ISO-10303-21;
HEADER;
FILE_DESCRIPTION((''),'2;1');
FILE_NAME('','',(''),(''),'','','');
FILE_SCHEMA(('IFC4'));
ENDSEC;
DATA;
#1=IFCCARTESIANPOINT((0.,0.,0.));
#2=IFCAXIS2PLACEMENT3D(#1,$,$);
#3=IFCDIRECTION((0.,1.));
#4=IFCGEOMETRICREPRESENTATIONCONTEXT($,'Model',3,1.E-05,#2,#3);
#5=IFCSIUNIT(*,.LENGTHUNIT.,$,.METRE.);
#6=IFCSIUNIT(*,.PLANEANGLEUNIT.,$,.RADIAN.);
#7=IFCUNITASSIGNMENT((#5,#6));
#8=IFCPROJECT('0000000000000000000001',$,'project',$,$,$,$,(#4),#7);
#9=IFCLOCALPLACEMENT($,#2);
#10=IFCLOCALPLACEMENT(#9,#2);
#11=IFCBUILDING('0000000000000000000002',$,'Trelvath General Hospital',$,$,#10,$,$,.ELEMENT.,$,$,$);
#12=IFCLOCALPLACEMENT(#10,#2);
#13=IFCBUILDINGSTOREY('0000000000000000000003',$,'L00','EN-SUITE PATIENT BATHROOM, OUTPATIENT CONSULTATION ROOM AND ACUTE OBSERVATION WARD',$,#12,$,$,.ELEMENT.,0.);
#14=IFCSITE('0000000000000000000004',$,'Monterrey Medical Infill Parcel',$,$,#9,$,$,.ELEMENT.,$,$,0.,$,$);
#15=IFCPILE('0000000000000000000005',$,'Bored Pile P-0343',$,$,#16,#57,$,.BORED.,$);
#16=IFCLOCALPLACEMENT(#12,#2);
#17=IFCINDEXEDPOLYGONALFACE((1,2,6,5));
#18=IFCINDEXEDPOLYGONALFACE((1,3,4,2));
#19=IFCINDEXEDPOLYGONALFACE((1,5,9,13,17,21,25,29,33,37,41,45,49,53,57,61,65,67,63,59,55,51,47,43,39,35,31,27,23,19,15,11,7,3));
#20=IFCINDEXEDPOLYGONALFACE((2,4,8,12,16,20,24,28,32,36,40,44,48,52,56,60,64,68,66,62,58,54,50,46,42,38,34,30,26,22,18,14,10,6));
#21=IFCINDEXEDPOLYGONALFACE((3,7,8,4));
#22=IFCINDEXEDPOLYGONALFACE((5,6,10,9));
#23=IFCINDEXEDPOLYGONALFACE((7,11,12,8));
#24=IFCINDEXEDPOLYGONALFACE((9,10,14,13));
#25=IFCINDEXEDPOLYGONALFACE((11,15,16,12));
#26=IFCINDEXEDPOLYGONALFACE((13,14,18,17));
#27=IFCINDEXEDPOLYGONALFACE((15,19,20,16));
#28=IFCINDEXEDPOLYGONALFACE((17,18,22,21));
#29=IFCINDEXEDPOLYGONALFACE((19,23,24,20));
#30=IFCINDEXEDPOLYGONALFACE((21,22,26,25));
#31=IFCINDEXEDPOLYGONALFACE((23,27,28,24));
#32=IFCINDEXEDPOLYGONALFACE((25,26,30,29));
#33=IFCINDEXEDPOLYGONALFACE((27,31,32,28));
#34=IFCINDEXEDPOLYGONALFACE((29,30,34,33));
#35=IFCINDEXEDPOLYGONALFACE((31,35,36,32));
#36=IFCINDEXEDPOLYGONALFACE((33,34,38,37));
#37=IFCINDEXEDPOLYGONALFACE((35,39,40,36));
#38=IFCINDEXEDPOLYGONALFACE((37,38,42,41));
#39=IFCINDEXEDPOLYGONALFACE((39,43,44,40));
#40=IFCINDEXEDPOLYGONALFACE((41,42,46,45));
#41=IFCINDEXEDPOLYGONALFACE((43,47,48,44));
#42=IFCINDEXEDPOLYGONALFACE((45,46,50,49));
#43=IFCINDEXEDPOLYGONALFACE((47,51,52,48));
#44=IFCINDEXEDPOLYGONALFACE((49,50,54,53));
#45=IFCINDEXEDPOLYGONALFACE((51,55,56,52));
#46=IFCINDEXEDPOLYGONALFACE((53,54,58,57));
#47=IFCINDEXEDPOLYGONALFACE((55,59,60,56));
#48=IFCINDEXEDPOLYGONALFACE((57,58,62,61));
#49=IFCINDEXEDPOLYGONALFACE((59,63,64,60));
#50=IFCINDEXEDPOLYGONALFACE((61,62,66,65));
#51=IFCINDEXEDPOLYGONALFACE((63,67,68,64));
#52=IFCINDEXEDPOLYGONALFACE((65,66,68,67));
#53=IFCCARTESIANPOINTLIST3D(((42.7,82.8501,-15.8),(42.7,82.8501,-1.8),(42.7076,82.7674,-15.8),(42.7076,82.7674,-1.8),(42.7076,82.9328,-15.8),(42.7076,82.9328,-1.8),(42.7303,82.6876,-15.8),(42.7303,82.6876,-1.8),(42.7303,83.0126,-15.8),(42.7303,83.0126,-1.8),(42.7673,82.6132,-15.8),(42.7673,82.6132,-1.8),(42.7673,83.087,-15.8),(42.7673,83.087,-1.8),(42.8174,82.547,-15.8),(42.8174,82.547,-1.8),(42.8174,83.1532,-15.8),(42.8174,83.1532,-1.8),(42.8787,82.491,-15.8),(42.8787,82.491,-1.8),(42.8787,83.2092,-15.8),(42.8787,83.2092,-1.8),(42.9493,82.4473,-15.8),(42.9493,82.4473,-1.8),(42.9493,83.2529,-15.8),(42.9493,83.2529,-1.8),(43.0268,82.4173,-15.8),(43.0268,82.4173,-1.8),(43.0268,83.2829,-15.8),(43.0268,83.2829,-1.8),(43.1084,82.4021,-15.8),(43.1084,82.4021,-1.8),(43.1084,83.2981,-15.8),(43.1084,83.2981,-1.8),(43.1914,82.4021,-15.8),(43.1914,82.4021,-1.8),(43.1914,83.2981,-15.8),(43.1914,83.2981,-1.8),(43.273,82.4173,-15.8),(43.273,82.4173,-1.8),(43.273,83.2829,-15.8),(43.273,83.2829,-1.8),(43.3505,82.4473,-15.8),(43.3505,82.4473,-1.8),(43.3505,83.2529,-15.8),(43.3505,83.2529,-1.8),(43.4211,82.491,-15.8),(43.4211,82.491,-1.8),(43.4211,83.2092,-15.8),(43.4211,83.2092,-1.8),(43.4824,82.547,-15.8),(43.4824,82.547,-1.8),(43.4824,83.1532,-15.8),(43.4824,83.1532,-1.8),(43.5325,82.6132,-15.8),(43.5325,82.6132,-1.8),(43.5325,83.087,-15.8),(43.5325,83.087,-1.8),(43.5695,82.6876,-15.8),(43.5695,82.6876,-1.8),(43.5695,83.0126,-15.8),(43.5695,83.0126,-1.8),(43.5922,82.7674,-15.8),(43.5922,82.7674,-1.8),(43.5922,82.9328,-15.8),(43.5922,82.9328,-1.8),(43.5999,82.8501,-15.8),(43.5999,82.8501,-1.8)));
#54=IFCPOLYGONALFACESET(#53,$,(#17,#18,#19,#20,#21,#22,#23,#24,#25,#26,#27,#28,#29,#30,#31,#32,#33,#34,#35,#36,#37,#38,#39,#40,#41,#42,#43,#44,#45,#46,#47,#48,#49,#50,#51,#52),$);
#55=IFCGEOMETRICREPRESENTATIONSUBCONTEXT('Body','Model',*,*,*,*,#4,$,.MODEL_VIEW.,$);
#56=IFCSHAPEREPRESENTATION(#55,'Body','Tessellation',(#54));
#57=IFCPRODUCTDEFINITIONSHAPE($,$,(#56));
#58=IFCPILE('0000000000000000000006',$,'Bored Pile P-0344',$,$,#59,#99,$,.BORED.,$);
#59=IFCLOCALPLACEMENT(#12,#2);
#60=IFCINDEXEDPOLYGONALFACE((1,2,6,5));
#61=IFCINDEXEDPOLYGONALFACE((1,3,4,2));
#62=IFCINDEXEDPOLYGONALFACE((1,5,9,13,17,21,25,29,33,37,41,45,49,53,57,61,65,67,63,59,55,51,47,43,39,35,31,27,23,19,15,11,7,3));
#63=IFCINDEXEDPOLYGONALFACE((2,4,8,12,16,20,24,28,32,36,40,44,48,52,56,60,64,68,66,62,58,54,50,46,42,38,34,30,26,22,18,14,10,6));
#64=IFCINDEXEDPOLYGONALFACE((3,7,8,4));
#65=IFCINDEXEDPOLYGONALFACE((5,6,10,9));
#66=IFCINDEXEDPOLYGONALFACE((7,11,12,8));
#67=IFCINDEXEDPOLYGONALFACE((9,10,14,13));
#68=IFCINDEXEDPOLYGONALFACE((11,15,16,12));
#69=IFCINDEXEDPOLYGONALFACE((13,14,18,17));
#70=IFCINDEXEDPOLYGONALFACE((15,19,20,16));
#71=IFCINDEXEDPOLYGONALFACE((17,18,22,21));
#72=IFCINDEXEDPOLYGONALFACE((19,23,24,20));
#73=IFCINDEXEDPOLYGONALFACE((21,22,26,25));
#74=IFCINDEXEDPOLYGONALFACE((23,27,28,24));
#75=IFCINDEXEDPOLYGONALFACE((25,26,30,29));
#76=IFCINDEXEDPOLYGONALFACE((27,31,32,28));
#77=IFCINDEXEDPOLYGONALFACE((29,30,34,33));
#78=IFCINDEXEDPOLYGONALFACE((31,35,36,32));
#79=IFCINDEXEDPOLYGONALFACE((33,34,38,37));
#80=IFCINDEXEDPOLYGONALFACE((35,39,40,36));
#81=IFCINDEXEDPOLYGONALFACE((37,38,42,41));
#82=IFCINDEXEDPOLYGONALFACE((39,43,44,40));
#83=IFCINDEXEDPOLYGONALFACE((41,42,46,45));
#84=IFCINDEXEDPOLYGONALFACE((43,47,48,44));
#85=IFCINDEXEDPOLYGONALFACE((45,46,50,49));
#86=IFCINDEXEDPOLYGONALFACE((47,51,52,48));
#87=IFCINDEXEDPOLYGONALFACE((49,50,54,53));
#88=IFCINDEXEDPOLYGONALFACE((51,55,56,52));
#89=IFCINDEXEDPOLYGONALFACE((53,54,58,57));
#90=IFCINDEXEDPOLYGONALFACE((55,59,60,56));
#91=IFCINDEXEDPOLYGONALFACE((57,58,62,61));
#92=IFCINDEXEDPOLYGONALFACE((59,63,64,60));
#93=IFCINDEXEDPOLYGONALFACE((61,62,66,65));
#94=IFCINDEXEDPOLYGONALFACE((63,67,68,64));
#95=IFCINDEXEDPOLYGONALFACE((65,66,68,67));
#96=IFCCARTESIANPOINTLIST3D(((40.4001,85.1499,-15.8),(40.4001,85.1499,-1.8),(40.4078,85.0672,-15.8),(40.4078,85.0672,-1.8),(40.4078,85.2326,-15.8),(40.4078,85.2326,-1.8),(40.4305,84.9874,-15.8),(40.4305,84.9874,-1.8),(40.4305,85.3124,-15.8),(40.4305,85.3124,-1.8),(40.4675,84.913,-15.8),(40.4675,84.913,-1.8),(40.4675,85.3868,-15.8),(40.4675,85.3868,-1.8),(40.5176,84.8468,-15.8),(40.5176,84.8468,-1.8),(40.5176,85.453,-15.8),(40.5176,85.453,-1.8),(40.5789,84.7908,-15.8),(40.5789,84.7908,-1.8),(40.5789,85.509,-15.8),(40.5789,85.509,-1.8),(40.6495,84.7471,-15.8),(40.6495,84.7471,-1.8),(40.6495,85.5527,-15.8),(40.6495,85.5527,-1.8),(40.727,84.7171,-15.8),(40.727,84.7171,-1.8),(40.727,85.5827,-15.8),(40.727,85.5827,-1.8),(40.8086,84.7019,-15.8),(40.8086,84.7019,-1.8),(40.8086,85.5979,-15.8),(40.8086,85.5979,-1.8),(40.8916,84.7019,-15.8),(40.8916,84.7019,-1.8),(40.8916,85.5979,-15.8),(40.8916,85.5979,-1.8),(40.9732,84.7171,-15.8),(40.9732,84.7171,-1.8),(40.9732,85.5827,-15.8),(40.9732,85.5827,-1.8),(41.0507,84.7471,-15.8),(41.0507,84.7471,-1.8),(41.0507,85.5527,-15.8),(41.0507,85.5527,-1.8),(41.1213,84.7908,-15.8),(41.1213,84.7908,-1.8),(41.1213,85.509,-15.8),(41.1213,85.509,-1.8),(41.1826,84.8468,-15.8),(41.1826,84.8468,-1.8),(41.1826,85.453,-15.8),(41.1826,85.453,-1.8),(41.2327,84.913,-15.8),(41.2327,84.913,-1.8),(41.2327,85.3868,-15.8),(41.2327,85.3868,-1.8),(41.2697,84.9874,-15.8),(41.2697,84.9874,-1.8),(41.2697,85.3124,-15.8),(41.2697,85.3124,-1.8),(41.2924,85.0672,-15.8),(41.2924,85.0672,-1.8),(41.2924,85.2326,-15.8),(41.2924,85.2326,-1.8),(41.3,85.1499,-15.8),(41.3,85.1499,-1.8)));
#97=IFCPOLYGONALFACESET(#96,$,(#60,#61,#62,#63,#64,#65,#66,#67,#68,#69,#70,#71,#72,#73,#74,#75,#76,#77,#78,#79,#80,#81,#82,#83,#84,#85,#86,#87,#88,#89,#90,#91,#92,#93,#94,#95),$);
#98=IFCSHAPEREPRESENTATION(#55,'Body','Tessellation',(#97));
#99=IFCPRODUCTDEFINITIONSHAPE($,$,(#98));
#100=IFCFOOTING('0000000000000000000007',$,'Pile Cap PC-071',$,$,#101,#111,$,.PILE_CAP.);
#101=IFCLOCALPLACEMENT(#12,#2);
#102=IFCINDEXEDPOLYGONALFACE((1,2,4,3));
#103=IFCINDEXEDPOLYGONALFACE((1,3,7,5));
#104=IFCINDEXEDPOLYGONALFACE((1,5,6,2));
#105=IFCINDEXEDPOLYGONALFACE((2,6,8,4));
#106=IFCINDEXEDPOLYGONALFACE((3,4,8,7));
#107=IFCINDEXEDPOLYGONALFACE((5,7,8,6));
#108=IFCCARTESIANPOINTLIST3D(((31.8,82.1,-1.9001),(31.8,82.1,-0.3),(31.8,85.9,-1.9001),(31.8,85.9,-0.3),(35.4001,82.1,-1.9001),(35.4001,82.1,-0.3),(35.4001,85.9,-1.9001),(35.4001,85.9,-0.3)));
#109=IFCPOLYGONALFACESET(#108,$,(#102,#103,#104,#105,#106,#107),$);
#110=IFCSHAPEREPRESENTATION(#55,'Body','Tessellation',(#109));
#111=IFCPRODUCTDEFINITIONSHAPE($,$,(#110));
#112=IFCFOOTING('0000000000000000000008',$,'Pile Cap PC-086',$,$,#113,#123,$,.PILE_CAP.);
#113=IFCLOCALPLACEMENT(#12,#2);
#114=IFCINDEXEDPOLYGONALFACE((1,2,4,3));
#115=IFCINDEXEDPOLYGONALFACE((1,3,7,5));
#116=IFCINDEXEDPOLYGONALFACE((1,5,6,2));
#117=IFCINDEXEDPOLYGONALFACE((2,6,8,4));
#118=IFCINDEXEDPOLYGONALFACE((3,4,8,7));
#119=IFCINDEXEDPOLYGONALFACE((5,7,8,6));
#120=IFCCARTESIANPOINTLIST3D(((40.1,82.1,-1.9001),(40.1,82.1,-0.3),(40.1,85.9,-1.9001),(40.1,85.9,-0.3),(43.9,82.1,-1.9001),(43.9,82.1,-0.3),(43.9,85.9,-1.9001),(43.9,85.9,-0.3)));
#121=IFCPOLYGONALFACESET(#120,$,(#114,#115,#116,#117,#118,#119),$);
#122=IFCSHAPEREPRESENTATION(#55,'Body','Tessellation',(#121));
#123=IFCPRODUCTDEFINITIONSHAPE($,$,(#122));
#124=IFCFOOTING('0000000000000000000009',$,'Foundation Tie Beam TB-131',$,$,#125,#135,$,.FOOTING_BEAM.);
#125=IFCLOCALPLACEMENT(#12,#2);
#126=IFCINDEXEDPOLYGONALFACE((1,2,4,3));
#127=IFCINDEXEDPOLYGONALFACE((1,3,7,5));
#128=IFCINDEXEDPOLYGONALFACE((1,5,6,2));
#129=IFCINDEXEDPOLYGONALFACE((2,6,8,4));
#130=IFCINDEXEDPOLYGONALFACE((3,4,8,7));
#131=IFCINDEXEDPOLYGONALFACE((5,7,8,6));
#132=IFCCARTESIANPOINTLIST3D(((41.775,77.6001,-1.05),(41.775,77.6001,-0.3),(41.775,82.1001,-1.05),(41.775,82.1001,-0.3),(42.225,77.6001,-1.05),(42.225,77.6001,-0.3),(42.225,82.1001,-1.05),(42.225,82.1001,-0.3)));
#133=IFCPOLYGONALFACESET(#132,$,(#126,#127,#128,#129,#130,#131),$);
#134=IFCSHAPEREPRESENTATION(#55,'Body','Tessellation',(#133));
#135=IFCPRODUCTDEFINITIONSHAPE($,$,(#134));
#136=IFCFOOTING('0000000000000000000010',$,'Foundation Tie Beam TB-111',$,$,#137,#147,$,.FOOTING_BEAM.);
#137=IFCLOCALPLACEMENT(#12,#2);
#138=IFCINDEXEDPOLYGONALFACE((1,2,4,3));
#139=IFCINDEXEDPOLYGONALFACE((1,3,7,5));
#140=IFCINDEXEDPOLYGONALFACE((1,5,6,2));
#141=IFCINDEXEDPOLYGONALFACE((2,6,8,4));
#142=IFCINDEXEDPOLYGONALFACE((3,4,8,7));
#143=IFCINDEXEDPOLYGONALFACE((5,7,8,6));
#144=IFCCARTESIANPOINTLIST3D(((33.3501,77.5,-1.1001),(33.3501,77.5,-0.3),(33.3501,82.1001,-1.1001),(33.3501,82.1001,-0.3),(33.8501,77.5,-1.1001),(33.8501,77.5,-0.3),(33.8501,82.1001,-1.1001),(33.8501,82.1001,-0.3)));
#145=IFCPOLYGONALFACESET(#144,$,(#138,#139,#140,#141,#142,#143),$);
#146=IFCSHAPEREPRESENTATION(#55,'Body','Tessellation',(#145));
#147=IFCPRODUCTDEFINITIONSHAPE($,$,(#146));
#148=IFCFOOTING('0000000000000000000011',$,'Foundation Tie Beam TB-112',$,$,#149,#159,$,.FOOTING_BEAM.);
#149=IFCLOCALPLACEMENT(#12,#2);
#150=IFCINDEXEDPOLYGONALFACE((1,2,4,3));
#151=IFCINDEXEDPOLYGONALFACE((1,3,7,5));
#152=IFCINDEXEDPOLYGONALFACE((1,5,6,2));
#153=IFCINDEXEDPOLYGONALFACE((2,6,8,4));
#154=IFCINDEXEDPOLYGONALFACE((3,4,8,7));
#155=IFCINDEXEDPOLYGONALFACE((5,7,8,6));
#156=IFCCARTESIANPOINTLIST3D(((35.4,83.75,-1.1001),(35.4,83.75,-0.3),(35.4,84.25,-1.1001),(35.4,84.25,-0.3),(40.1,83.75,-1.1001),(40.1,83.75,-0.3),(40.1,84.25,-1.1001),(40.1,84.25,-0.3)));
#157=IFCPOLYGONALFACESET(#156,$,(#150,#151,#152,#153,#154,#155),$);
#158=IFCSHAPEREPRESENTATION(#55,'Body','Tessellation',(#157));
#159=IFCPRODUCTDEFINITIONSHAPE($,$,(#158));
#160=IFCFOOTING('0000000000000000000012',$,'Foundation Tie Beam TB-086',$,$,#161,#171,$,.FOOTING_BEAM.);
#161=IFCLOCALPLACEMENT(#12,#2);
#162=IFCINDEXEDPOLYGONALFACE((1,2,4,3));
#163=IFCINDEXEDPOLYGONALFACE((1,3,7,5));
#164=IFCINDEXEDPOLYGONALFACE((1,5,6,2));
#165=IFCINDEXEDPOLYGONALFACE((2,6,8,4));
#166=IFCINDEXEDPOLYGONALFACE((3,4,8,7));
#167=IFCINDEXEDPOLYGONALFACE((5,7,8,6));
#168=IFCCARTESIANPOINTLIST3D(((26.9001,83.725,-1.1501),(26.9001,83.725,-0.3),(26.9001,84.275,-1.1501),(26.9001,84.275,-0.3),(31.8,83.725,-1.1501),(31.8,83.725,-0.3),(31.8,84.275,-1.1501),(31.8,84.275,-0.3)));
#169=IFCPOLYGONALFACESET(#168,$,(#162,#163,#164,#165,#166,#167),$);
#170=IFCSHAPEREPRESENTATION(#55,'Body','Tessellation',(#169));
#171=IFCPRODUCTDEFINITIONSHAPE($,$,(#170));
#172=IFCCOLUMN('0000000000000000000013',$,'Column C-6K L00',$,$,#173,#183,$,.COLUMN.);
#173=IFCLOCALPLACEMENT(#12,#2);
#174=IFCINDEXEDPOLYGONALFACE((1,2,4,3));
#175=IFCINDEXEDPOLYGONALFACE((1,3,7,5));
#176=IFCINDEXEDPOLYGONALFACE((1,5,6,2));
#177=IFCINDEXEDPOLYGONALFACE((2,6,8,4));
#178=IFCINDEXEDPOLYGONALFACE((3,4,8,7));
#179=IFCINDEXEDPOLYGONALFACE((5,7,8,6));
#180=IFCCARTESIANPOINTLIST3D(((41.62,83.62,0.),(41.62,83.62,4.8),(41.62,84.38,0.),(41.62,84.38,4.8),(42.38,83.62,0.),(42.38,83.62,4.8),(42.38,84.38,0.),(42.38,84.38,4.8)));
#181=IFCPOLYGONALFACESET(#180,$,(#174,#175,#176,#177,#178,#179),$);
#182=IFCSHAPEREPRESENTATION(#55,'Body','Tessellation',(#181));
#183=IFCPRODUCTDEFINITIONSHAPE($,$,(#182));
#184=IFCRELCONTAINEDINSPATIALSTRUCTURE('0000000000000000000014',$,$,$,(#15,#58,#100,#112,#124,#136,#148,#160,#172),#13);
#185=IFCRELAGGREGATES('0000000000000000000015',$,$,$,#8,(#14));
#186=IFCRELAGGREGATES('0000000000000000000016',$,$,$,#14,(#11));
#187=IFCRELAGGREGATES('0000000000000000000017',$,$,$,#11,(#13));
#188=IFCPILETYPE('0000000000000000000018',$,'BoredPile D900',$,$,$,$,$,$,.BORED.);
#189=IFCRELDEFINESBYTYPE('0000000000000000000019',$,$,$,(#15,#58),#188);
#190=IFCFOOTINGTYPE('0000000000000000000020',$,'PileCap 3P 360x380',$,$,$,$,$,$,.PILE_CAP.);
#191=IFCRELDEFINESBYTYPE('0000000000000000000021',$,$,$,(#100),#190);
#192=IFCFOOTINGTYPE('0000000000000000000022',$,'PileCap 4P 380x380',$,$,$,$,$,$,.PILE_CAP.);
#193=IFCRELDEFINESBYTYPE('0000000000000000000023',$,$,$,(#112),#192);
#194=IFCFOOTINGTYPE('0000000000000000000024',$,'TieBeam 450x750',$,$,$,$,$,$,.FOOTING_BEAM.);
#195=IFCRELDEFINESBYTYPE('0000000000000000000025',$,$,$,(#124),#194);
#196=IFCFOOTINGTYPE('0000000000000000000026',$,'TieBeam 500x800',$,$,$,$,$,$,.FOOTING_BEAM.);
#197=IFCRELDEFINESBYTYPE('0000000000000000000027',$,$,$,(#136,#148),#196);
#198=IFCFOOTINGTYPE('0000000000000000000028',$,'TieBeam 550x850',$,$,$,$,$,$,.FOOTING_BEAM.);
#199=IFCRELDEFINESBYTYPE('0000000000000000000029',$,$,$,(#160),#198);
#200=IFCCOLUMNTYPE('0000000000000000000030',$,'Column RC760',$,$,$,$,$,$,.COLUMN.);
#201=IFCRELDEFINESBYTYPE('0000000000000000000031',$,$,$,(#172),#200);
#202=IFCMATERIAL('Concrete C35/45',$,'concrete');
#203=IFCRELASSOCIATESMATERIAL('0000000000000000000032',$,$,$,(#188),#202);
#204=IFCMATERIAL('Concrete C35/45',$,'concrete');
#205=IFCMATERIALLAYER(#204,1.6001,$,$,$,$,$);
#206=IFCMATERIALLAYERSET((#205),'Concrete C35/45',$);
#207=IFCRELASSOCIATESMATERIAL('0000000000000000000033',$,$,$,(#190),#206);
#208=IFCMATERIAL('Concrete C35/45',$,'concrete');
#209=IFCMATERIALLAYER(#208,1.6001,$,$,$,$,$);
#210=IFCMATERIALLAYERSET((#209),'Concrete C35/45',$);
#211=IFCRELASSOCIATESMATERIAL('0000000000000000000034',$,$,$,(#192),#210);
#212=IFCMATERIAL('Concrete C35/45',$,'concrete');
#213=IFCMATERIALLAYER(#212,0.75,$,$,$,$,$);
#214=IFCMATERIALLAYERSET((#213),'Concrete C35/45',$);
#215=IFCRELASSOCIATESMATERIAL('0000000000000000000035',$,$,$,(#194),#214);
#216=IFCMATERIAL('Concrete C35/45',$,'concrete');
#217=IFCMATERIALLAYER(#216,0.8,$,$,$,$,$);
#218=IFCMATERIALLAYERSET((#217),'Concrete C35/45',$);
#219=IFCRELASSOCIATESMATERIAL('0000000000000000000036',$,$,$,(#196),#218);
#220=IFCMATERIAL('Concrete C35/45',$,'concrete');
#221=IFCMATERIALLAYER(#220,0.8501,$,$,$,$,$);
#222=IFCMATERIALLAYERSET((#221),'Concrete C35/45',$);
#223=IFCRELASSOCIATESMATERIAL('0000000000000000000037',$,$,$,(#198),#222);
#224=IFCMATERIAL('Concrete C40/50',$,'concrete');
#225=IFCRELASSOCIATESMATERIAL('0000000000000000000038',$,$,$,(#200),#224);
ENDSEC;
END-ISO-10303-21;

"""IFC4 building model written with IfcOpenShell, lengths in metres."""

from ifc_helpers import new_model, si_unit, direction, frame, origin, origin_2d, place, context, subcontext, project, spatial, rectangle, circle, extrude, material, layer, layer_set, material_profile, profile_set, type_object, element, save


model = new_model("IFC4")

# Units and contexts
model_context = context("Model", 3, precision=1e-05, world=origin(), true_north=direction((0.0, 1.0)))
body_context = subcontext(model_context, "Body", "Model", "MODEL_VIEW")
ifc_project = project(units=[si_unit("LENGTHUNIT", "METRE"), si_unit("PLANEANGLEUNIT", "RADIAN")], contexts=[model_context])

# Site, building, storey
site_placement = place(None, origin())
site = spatial("IfcSite", under=ifc_project, at=site_placement, Name="Monterrey Medical Infill Parcel", CompositionType="ELEMENT", RefElevation=0.0)
building_placement = place(site_placement, origin())
building = spatial("IfcBuilding", under=site, at=building_placement, Name="Trelvath General Hospital", CompositionType="ELEMENT")
storey_placement = place(building_placement, origin())
storey = spatial("IfcBuildingStorey", under=building, at=storey_placement, Name="L00", Description="EN-SUITE PATIENT BATHROOM, OUTPATIENT CONSULTATION ROOM AND ACUTE OBSERVATION WARD", CompositionType="ELEMENT", Elevation=0.0)

# Piles
ifc_material_1 = material(Name="Concrete C35/45", Category="concrete")
ifc_material_profile_1 = material_profile(ifc_material_1, circle(Radius=0.45, at=origin_2d()), Name="PILE900")
ifc_profile_set_1 = profile_set([ifc_material_profile_1], Name="Concrete C35/45")
pile_type = type_object("IfcPileType", Name="BoredPile D900", PredefinedType="BORED", material=ifc_profile_set_1)
for number, where, z_axis, x_axis, name in (
    (1, (43.1499, 82.8501, -1.8), (0.0, 0.0, -1.0), (1.0, 0.0, 0.0), "Bored Pile P-0343"),
    (2, (40.8501, 85.1499, -1.8), (0.0, 0.0, -1.0), (1.0, 0.0, 0.0), "Bored Pile P-0344"),
):
    element("IfcPile", number, at=place(storey_placement, frame(where, z_axis=z_axis, x_axis=x_axis)), inside=storey, type_object=pile_type, Name=name, PredefinedType="BORED", context=body_context, shape_type="SweptSolid", body=[
        extrude(circle(Radius=0.45, at=origin_2d()), origin(), (0.0, 0.0, 1.0), 14.0),
    ])

# Footings
ifc_material_2 = material(Name="Concrete C35/45", Category="concrete")
ifc_layer_1 = layer(ifc_material_2, 1.6001)
ifc_layer_set_1 = layer_set([ifc_layer_1], Name="Concrete C35/45")
footing_type_1 = type_object("IfcFootingType", Name="PileCap 3P 360x380", PredefinedType="PILE_CAP", material=ifc_layer_set_1)
footing_1_placement = place(storey_placement, frame((33.6001, 84.0, -1.9001), z_axis=(0.0, 0.0, 1.0), x_axis=(1.0, 0.0, 0.0)))
element("IfcFooting", 3, at=footing_1_placement, inside=storey, type_object=footing_type_1, Name="Pile Cap PC-071", PredefinedType="PILE_CAP", context=body_context, shape_type="SweptSolid", body=[
    extrude(rectangle(XDim=3.6001, YDim=3.8, at=origin_2d()), origin(), (0.0, 0.0, 1.0), 1.6001),
])
ifc_material_3 = material(Name="Concrete C35/45", Category="concrete")
ifc_layer_2 = layer(ifc_material_3, 1.6001)
ifc_layer_set_2 = layer_set([ifc_layer_2], Name="Concrete C35/45")
footing_type_2 = type_object("IfcFootingType", Name="PileCap 4P 380x380", PredefinedType="PILE_CAP", material=ifc_layer_set_2)
footing_2_placement = place(storey_placement, frame((42.0, 84.0, -1.9001), z_axis=(0.0, 0.0, 1.0), x_axis=(1.0, 0.0, 0.0)))
element("IfcFooting", 4, at=footing_2_placement, inside=storey, type_object=footing_type_2, Name="Pile Cap PC-086", PredefinedType="PILE_CAP", context=body_context, shape_type="SweptSolid", body=[
    extrude(rectangle(XDim=3.8, YDim=3.8, at=origin_2d()), origin(), (0.0, 0.0, 1.0), 1.6001),
])
ifc_material_4 = material(Name="Concrete C35/45", Category="concrete")
ifc_layer_3 = layer(ifc_material_4, 0.75)
ifc_layer_set_3 = layer_set([ifc_layer_3], Name="Concrete C35/45")
footing_type_3 = type_object("IfcFootingType", Name="TieBeam 450x750", PredefinedType="FOOTING_BEAM", material=ifc_layer_set_3)
footing_3_placement = place(storey_placement, frame((42.0, 79.8501, -1.05), z_axis=(0.0, 0.0, 1.0), x_axis=(1.0, 0.0, 0.0)))
element("IfcFooting", 5, at=footing_3_placement, inside=storey, type_object=footing_type_3, Name="Foundation Tie Beam TB-131", PredefinedType="FOOTING_BEAM", context=body_context, shape_type="SweptSolid", body=[
    extrude(rectangle(XDim=0.45, YDim=4.5, at=origin_2d()), origin(), (0.0, 0.0, 1.0), 0.75),
])
ifc_material_5 = material(Name="Concrete C35/45", Category="concrete")
ifc_layer_4 = layer(ifc_material_5, 0.8)
ifc_layer_set_4 = layer_set([ifc_layer_4], Name="Concrete C35/45")
footing_type_4 = type_object("IfcFootingType", Name="TieBeam 500x800", PredefinedType="FOOTING_BEAM", material=ifc_layer_set_4)
footing_4_placement = place(storey_placement, frame((33.6001, 79.8, -1.1001), z_axis=(0.0, 0.0, 1.0), x_axis=(1.0, 0.0, 0.0)))
element("IfcFooting", 6, at=footing_4_placement, inside=storey, type_object=footing_type_4, Name="Foundation Tie Beam TB-111", PredefinedType="FOOTING_BEAM", context=body_context, shape_type="SweptSolid", body=[
    extrude(rectangle(XDim=0.5, YDim=4.6001, at=origin_2d()), origin(), (0.0, 0.0, 1.0), 0.8),
])
footing_5_placement = place(storey_placement, frame((37.75, 84.0, -1.1001), z_axis=(0.0, 0.0, 1.0), x_axis=(1.0, 0.0, 0.0)))
element("IfcFooting", 7, at=footing_5_placement, inside=storey, type_object=footing_type_4, Name="Foundation Tie Beam TB-112", PredefinedType="FOOTING_BEAM", context=body_context, shape_type="SweptSolid", body=[
    extrude(rectangle(XDim=4.7, YDim=0.5, at=origin_2d()), origin(), (0.0, 0.0, 1.0), 0.8),
])
ifc_material_6 = material(Name="Concrete C35/45", Category="concrete")
ifc_layer_5 = layer(ifc_material_6, 0.8501)
ifc_layer_set_5 = layer_set([ifc_layer_5], Name="Concrete C35/45")
footing_type_5 = type_object("IfcFootingType", Name="TieBeam 550x850", PredefinedType="FOOTING_BEAM", material=ifc_layer_set_5)
footing_6_placement = place(storey_placement, frame((29.3501, 84.0, -1.1501), z_axis=(0.0, 0.0, 1.0), x_axis=(1.0, 0.0, 0.0)))
element("IfcFooting", 8, at=footing_6_placement, inside=storey, type_object=footing_type_5, Name="Foundation Tie Beam TB-086", PredefinedType="FOOTING_BEAM", context=body_context, shape_type="SweptSolid", body=[
    extrude(rectangle(XDim=4.8999, YDim=0.55, at=origin_2d()), origin(), (0.0, 0.0, 1.0), 0.8501),
])

# Column
ifc_material_7 = material(Name="Concrete C40/50", Category="concrete")
ifc_material_profile_2 = material_profile(ifc_material_7, rectangle(XDim=0.76, YDim=0.76, at=origin_2d()), Name="RC760x760")
ifc_profile_set_2 = profile_set([ifc_material_profile_2], Name="Concrete C40/50")
column_type_1 = type_object("IfcColumnType", Name="Column RC760", PredefinedType="COLUMN", material=ifc_profile_set_2)
column_1_placement = place(storey_placement, frame((42.0, 84.0, 0.0), z_axis=(0.0, 0.0, 1.0), x_axis=(1.0, 0.0, 0.0)))
element("IfcColumn", 9, at=column_1_placement, inside=storey, type_object=column_type_1, Name="Column C-6K L00", PredefinedType="COLUMN", context=body_context, shape_type="SweptSolid", body=[
    extrude(rectangle(XDim=0.76, YDim=0.76, at=origin_2d()), origin(), (0.0, 0.0, 1.0), 4.8),
])

save(model, "model.ifc")
